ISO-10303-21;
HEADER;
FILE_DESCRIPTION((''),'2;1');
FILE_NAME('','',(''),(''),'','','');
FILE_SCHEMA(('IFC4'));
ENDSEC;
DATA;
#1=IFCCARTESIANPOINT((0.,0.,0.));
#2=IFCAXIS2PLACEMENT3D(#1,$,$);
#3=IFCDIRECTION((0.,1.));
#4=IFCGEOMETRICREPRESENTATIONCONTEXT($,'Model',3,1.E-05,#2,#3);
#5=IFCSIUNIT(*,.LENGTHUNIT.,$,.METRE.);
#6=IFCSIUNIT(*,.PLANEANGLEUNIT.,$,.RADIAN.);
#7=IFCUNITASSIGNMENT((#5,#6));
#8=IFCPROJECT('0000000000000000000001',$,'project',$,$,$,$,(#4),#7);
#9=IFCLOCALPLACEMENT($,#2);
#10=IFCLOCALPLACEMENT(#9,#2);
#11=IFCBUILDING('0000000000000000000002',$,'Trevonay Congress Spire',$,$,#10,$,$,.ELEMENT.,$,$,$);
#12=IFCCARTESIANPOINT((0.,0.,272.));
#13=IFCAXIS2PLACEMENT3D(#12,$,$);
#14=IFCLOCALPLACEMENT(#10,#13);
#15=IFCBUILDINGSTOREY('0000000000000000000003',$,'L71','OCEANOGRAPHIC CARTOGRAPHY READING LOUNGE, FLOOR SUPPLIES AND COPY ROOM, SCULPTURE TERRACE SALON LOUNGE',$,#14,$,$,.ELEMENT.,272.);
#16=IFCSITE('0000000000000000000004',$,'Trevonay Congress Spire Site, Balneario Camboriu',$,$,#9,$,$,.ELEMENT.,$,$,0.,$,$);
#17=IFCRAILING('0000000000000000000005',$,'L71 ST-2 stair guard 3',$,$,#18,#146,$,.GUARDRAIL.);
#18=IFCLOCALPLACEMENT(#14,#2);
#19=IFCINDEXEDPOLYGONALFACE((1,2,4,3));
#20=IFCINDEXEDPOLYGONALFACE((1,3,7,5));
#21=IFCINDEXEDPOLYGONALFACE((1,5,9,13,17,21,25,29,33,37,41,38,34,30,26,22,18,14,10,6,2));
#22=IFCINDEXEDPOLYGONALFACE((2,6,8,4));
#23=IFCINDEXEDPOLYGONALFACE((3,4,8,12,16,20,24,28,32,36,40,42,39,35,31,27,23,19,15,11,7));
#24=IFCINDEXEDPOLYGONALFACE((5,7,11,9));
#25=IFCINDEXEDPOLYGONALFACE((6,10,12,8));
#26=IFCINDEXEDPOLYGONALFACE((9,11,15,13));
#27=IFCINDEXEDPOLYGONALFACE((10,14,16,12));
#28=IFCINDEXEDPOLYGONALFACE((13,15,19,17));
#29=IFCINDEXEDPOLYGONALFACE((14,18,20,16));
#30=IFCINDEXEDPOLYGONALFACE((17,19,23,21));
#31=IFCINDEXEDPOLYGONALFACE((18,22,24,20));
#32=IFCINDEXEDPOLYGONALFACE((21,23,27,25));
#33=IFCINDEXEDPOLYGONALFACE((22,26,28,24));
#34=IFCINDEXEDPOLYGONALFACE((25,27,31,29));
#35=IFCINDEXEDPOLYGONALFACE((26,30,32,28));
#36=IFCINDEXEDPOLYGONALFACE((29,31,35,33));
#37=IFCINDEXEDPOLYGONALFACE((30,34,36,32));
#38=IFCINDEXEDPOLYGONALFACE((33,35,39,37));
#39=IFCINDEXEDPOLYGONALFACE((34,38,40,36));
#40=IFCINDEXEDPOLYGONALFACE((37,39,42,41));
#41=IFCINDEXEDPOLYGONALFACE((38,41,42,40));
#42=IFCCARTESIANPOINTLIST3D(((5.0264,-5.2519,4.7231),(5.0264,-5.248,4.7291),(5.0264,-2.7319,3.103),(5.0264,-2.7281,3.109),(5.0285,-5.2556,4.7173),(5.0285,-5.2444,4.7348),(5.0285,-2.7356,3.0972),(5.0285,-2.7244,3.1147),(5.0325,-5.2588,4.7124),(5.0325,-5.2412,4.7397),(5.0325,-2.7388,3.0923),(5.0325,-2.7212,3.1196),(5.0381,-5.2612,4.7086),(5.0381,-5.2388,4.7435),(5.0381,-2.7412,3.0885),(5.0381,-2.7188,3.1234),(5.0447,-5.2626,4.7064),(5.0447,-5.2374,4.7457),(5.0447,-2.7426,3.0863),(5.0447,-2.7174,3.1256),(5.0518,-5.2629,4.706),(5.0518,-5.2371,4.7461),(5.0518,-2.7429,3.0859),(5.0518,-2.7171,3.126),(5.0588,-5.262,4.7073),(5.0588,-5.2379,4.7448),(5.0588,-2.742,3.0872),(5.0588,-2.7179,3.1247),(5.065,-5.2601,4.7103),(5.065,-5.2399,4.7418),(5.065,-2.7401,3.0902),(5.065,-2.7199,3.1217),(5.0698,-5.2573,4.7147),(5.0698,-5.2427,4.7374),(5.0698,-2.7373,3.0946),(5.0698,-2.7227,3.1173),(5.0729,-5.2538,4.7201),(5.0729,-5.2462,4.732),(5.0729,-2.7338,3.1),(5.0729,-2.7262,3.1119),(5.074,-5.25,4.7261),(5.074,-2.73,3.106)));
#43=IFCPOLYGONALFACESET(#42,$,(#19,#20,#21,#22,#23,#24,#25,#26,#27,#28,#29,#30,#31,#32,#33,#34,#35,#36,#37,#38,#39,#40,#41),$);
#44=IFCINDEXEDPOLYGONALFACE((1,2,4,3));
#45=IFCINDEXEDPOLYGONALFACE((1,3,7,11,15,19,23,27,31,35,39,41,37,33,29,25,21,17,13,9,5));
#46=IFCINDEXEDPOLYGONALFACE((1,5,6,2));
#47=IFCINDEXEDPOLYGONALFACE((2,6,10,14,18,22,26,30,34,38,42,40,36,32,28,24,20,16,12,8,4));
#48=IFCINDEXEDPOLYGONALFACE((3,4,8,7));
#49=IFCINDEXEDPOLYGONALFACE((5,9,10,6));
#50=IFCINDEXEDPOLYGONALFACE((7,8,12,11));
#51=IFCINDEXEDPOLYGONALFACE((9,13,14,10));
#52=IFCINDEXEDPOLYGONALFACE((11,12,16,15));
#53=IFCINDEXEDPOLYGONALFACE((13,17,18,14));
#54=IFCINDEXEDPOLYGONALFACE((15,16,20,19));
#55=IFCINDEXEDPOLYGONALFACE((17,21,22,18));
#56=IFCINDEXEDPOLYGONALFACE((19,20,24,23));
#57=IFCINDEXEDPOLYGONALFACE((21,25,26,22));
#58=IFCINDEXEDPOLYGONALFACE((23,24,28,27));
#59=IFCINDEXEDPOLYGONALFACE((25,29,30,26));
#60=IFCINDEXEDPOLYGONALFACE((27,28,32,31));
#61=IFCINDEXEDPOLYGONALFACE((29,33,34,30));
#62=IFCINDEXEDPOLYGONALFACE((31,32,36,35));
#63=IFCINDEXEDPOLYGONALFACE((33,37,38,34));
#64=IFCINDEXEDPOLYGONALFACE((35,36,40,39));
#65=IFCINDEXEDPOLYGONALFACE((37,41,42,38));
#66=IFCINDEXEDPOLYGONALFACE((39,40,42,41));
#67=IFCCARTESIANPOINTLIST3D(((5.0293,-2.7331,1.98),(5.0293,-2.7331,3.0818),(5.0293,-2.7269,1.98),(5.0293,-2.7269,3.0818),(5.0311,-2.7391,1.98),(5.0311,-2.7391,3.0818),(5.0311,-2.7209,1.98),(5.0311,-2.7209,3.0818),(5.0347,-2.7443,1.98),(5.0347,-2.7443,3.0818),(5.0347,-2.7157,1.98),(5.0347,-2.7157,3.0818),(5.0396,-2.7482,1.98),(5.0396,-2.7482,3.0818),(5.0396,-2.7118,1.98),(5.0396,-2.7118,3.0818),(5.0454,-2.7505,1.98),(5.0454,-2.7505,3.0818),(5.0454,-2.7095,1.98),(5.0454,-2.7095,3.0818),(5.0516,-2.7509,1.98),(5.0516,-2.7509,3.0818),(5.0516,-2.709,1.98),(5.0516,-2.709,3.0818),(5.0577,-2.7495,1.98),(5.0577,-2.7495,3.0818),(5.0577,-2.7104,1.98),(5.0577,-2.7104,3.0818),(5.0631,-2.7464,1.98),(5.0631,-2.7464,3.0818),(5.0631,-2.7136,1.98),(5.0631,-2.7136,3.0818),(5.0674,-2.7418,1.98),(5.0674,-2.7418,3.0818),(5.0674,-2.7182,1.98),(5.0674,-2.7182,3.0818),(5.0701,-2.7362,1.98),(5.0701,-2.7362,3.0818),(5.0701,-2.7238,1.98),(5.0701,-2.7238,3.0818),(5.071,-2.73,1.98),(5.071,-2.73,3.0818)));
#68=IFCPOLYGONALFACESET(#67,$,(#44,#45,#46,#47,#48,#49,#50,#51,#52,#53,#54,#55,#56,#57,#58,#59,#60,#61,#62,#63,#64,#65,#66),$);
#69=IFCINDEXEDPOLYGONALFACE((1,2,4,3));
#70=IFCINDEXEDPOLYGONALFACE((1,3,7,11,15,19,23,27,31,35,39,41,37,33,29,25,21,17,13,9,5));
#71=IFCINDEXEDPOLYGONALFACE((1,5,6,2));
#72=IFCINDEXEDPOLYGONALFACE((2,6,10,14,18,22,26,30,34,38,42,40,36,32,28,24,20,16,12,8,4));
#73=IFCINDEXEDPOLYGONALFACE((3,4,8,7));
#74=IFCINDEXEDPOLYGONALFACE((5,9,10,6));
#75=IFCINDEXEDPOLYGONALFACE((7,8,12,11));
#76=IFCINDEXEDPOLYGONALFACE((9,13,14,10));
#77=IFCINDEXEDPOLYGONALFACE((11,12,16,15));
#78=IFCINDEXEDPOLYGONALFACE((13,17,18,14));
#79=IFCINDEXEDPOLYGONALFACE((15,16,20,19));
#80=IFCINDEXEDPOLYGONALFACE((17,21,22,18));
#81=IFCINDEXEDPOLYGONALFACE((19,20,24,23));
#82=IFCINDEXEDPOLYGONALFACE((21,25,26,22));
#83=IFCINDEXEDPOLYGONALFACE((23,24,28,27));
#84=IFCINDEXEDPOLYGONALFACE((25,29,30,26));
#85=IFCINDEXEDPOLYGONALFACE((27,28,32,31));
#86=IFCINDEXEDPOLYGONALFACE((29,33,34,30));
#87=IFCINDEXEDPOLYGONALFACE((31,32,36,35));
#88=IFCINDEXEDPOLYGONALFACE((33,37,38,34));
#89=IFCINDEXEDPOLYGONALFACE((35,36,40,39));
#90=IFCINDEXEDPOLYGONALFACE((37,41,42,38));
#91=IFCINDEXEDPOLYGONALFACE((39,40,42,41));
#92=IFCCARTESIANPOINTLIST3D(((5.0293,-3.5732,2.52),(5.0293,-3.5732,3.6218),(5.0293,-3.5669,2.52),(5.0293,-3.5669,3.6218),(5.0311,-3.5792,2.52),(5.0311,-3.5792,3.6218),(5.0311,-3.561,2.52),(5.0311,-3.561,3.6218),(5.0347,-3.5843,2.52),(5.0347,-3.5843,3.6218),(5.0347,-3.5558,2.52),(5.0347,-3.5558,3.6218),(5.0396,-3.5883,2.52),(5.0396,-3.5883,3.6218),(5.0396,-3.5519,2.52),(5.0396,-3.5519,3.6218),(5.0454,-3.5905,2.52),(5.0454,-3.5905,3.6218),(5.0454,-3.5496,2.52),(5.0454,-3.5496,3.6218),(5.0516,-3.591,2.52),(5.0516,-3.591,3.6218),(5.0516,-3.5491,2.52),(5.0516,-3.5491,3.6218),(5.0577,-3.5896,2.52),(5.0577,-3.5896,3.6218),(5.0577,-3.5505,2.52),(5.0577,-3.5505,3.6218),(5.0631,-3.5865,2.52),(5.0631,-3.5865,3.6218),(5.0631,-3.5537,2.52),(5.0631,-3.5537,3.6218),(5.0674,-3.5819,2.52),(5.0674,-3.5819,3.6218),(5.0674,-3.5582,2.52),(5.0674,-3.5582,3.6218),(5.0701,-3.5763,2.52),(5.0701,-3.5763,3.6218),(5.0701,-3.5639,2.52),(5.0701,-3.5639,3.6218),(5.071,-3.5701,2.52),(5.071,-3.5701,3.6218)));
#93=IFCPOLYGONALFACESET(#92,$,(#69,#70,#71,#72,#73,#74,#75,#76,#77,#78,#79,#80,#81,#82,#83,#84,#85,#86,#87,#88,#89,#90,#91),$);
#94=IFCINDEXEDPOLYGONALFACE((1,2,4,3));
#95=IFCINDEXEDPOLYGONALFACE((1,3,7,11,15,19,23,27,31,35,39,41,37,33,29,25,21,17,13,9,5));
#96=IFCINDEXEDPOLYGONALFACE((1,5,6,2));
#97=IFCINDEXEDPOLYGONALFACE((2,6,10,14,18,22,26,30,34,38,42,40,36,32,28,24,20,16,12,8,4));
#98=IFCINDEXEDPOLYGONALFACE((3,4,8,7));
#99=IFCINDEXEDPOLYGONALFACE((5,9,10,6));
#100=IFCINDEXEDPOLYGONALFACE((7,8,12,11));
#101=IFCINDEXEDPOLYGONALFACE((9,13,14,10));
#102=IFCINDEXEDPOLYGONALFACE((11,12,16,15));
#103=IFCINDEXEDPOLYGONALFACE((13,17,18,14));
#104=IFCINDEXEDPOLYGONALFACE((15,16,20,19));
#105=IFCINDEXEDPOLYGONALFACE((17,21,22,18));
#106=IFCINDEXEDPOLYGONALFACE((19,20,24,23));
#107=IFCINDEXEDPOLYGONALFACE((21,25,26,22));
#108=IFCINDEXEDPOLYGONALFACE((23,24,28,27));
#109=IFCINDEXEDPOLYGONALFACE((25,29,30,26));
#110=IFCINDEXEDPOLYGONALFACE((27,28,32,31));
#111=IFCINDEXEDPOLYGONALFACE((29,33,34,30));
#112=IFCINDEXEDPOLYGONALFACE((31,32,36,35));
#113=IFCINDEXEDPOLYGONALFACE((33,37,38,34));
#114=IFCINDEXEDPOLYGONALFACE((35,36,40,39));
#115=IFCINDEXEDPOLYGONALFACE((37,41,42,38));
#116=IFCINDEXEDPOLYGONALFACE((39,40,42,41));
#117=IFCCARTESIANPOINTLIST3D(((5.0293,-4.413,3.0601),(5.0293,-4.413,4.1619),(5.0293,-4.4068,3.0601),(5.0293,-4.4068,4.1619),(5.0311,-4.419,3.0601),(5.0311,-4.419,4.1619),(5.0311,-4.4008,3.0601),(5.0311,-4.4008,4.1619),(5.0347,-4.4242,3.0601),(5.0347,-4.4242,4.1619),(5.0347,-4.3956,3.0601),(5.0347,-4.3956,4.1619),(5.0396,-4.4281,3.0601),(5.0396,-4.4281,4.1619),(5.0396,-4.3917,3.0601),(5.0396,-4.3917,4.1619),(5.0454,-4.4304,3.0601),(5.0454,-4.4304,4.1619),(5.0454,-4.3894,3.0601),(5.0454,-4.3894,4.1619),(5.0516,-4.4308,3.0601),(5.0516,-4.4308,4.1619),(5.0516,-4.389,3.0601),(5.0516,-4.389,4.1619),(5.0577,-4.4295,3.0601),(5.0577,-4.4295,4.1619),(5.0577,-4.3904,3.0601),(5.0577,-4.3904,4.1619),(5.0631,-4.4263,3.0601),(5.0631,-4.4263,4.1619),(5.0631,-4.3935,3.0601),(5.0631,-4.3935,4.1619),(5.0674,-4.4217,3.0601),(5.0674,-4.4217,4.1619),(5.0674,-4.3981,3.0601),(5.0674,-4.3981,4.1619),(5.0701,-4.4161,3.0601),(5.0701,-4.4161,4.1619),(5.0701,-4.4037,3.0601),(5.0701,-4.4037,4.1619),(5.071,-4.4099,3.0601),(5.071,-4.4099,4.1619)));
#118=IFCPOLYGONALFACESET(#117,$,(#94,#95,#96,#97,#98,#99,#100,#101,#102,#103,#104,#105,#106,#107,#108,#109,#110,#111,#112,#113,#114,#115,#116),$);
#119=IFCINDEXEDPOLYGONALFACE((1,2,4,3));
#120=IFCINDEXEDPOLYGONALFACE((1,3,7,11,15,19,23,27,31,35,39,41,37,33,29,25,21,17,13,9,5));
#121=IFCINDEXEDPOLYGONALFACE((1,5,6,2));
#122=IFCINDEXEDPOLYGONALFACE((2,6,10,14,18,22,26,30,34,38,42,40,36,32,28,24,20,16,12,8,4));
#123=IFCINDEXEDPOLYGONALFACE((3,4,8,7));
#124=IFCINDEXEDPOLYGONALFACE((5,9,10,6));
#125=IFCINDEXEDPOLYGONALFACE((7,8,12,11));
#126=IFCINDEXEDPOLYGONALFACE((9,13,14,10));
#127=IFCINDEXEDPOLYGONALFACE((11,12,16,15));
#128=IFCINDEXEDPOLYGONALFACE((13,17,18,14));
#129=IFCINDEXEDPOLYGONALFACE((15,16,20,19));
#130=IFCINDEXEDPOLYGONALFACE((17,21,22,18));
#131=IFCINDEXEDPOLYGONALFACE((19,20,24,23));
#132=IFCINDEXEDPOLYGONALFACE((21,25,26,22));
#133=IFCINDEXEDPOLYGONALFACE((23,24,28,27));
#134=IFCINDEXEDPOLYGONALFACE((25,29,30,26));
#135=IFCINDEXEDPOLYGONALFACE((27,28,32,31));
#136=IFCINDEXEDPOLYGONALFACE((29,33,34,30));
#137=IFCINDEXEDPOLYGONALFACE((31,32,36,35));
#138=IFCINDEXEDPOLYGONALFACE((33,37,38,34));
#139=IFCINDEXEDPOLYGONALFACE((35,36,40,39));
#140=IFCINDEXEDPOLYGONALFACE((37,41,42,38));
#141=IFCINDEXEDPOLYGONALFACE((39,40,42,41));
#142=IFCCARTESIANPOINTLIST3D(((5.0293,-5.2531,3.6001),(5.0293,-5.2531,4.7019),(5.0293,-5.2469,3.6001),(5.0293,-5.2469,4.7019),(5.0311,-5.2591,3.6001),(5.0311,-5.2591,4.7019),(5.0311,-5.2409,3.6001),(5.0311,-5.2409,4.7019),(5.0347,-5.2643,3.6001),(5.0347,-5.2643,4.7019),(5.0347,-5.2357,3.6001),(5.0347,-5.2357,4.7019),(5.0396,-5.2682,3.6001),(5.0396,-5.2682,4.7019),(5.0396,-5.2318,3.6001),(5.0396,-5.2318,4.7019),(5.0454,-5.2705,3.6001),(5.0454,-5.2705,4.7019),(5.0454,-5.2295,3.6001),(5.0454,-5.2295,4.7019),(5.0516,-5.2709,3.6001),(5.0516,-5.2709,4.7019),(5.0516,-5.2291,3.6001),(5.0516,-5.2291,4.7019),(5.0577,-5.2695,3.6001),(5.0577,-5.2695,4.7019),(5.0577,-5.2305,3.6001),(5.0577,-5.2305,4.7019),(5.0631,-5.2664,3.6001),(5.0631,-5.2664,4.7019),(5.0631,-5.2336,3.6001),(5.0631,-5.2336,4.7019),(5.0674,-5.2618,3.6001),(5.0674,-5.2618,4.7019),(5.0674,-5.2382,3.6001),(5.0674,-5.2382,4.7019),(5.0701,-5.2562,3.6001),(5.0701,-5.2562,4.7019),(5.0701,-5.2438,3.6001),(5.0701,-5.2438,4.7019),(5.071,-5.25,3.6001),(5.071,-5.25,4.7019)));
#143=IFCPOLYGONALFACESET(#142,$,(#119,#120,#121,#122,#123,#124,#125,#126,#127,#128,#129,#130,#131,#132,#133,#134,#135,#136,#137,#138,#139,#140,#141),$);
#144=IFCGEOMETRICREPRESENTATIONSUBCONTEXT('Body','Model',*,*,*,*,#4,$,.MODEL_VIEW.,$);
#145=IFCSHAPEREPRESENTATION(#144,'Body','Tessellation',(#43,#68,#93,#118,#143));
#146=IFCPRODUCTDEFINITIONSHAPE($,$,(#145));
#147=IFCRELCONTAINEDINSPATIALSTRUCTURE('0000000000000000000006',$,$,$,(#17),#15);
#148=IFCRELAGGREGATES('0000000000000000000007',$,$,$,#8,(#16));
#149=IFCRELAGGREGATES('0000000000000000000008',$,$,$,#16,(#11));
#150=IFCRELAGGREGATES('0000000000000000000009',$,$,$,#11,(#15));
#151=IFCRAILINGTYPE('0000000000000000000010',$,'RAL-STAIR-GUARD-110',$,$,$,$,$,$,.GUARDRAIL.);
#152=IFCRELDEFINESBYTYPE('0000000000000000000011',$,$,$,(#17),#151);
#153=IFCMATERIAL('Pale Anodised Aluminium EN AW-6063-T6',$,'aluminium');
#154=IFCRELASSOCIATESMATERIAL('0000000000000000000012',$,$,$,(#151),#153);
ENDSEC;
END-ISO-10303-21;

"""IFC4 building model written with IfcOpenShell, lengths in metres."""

from ifc_helpers import new_model, si_unit, direction, frame, origin, origin_2d, place, context, subcontext, project, spatial, circle, extrude, material, type_object, element, save


model = new_model("IFC4")

# Units and contexts
model_context = context("Model", 3, precision=1e-05, world=origin(), true_north=direction((0.0, 1.0)))
body_context = subcontext(model_context, "Body", "Model", "MODEL_VIEW")
ifc_project = project(units=[si_unit("LENGTHUNIT", "METRE"), si_unit("PLANEANGLEUNIT", "RADIAN")], contexts=[model_context])

# Site, building, storey
site_placement = place(None, origin())
site = spatial("IfcSite", under=ifc_project, at=site_placement, Name="Trevonay Congress Spire Site, Balneario Camboriu", CompositionType="ELEMENT", RefElevation=0.0)
building_placement = place(site_placement, origin())
building = spatial("IfcBuilding", under=site, at=building_placement, Name="Trevonay Congress Spire", CompositionType="ELEMENT")
storey_placement = place(building_placement, frame((0.0, 0.0, 272.0)))
storey = spatial("IfcBuildingStorey", under=building, at=storey_placement, Name="L71", Description="OCEANOGRAPHIC CARTOGRAPHY READING LOUNGE, FLOOR SUPPLIES AND COPY ROOM, SCULPTURE TERRACE SALON LOUNGE", CompositionType="ELEMENT", Elevation=272.0)

# Shared definitions
ifc_material_1 = material(Name="Pale Anodised Aluminium EN AW-6063-T6", Category="aluminium")

# Railing
railing_type_1 = type_object("IfcRailingType", Name="RAL-STAIR-GUARD-110", PredefinedType="GUARDRAIL", material=ifc_material_1)
railing_1_placement = place(storey_placement, frame((5.05, -2.73, 1.98)))
element("IfcRailing", 1, at=railing_1_placement, inside=storey, type_object=railing_type_1, Name="L71 ST-2 stair guard 3", PredefinedType="GUARDRAIL", context=body_context, shape_type="SweptSolid", body=[
    extrude(circle(Radius=0.0239, at=origin_2d()), frame((0.0, 0.0, 1.126), z_axis=(0.0, -0.841163, 0.540782), x_axis=(1.0, 0.0, 0.0)), (0.0, 0.0, 1.0), 2.9958),
    extrude(circle(Radius=0.021, at=origin_2d()), origin(), (0.0, 0.0, 1.0), 1.1018),
    extrude(circle(Radius=0.021, at=origin_2d()), frame((0.0, -0.8401, 0.54)), (0.0, 0.0, 1.0), 1.1018),
    extrude(circle(Radius=0.021, at=origin_2d()), frame((0.0, -1.6799, 1.0801)), (0.0, 0.0, 1.0), 1.1018),
    extrude(circle(Radius=0.021, at=origin_2d()), frame((0.0, -2.52, 1.6201)), (0.0, 0.0, 1.0), 1.1018),
])

save(model, "model.ifc")
